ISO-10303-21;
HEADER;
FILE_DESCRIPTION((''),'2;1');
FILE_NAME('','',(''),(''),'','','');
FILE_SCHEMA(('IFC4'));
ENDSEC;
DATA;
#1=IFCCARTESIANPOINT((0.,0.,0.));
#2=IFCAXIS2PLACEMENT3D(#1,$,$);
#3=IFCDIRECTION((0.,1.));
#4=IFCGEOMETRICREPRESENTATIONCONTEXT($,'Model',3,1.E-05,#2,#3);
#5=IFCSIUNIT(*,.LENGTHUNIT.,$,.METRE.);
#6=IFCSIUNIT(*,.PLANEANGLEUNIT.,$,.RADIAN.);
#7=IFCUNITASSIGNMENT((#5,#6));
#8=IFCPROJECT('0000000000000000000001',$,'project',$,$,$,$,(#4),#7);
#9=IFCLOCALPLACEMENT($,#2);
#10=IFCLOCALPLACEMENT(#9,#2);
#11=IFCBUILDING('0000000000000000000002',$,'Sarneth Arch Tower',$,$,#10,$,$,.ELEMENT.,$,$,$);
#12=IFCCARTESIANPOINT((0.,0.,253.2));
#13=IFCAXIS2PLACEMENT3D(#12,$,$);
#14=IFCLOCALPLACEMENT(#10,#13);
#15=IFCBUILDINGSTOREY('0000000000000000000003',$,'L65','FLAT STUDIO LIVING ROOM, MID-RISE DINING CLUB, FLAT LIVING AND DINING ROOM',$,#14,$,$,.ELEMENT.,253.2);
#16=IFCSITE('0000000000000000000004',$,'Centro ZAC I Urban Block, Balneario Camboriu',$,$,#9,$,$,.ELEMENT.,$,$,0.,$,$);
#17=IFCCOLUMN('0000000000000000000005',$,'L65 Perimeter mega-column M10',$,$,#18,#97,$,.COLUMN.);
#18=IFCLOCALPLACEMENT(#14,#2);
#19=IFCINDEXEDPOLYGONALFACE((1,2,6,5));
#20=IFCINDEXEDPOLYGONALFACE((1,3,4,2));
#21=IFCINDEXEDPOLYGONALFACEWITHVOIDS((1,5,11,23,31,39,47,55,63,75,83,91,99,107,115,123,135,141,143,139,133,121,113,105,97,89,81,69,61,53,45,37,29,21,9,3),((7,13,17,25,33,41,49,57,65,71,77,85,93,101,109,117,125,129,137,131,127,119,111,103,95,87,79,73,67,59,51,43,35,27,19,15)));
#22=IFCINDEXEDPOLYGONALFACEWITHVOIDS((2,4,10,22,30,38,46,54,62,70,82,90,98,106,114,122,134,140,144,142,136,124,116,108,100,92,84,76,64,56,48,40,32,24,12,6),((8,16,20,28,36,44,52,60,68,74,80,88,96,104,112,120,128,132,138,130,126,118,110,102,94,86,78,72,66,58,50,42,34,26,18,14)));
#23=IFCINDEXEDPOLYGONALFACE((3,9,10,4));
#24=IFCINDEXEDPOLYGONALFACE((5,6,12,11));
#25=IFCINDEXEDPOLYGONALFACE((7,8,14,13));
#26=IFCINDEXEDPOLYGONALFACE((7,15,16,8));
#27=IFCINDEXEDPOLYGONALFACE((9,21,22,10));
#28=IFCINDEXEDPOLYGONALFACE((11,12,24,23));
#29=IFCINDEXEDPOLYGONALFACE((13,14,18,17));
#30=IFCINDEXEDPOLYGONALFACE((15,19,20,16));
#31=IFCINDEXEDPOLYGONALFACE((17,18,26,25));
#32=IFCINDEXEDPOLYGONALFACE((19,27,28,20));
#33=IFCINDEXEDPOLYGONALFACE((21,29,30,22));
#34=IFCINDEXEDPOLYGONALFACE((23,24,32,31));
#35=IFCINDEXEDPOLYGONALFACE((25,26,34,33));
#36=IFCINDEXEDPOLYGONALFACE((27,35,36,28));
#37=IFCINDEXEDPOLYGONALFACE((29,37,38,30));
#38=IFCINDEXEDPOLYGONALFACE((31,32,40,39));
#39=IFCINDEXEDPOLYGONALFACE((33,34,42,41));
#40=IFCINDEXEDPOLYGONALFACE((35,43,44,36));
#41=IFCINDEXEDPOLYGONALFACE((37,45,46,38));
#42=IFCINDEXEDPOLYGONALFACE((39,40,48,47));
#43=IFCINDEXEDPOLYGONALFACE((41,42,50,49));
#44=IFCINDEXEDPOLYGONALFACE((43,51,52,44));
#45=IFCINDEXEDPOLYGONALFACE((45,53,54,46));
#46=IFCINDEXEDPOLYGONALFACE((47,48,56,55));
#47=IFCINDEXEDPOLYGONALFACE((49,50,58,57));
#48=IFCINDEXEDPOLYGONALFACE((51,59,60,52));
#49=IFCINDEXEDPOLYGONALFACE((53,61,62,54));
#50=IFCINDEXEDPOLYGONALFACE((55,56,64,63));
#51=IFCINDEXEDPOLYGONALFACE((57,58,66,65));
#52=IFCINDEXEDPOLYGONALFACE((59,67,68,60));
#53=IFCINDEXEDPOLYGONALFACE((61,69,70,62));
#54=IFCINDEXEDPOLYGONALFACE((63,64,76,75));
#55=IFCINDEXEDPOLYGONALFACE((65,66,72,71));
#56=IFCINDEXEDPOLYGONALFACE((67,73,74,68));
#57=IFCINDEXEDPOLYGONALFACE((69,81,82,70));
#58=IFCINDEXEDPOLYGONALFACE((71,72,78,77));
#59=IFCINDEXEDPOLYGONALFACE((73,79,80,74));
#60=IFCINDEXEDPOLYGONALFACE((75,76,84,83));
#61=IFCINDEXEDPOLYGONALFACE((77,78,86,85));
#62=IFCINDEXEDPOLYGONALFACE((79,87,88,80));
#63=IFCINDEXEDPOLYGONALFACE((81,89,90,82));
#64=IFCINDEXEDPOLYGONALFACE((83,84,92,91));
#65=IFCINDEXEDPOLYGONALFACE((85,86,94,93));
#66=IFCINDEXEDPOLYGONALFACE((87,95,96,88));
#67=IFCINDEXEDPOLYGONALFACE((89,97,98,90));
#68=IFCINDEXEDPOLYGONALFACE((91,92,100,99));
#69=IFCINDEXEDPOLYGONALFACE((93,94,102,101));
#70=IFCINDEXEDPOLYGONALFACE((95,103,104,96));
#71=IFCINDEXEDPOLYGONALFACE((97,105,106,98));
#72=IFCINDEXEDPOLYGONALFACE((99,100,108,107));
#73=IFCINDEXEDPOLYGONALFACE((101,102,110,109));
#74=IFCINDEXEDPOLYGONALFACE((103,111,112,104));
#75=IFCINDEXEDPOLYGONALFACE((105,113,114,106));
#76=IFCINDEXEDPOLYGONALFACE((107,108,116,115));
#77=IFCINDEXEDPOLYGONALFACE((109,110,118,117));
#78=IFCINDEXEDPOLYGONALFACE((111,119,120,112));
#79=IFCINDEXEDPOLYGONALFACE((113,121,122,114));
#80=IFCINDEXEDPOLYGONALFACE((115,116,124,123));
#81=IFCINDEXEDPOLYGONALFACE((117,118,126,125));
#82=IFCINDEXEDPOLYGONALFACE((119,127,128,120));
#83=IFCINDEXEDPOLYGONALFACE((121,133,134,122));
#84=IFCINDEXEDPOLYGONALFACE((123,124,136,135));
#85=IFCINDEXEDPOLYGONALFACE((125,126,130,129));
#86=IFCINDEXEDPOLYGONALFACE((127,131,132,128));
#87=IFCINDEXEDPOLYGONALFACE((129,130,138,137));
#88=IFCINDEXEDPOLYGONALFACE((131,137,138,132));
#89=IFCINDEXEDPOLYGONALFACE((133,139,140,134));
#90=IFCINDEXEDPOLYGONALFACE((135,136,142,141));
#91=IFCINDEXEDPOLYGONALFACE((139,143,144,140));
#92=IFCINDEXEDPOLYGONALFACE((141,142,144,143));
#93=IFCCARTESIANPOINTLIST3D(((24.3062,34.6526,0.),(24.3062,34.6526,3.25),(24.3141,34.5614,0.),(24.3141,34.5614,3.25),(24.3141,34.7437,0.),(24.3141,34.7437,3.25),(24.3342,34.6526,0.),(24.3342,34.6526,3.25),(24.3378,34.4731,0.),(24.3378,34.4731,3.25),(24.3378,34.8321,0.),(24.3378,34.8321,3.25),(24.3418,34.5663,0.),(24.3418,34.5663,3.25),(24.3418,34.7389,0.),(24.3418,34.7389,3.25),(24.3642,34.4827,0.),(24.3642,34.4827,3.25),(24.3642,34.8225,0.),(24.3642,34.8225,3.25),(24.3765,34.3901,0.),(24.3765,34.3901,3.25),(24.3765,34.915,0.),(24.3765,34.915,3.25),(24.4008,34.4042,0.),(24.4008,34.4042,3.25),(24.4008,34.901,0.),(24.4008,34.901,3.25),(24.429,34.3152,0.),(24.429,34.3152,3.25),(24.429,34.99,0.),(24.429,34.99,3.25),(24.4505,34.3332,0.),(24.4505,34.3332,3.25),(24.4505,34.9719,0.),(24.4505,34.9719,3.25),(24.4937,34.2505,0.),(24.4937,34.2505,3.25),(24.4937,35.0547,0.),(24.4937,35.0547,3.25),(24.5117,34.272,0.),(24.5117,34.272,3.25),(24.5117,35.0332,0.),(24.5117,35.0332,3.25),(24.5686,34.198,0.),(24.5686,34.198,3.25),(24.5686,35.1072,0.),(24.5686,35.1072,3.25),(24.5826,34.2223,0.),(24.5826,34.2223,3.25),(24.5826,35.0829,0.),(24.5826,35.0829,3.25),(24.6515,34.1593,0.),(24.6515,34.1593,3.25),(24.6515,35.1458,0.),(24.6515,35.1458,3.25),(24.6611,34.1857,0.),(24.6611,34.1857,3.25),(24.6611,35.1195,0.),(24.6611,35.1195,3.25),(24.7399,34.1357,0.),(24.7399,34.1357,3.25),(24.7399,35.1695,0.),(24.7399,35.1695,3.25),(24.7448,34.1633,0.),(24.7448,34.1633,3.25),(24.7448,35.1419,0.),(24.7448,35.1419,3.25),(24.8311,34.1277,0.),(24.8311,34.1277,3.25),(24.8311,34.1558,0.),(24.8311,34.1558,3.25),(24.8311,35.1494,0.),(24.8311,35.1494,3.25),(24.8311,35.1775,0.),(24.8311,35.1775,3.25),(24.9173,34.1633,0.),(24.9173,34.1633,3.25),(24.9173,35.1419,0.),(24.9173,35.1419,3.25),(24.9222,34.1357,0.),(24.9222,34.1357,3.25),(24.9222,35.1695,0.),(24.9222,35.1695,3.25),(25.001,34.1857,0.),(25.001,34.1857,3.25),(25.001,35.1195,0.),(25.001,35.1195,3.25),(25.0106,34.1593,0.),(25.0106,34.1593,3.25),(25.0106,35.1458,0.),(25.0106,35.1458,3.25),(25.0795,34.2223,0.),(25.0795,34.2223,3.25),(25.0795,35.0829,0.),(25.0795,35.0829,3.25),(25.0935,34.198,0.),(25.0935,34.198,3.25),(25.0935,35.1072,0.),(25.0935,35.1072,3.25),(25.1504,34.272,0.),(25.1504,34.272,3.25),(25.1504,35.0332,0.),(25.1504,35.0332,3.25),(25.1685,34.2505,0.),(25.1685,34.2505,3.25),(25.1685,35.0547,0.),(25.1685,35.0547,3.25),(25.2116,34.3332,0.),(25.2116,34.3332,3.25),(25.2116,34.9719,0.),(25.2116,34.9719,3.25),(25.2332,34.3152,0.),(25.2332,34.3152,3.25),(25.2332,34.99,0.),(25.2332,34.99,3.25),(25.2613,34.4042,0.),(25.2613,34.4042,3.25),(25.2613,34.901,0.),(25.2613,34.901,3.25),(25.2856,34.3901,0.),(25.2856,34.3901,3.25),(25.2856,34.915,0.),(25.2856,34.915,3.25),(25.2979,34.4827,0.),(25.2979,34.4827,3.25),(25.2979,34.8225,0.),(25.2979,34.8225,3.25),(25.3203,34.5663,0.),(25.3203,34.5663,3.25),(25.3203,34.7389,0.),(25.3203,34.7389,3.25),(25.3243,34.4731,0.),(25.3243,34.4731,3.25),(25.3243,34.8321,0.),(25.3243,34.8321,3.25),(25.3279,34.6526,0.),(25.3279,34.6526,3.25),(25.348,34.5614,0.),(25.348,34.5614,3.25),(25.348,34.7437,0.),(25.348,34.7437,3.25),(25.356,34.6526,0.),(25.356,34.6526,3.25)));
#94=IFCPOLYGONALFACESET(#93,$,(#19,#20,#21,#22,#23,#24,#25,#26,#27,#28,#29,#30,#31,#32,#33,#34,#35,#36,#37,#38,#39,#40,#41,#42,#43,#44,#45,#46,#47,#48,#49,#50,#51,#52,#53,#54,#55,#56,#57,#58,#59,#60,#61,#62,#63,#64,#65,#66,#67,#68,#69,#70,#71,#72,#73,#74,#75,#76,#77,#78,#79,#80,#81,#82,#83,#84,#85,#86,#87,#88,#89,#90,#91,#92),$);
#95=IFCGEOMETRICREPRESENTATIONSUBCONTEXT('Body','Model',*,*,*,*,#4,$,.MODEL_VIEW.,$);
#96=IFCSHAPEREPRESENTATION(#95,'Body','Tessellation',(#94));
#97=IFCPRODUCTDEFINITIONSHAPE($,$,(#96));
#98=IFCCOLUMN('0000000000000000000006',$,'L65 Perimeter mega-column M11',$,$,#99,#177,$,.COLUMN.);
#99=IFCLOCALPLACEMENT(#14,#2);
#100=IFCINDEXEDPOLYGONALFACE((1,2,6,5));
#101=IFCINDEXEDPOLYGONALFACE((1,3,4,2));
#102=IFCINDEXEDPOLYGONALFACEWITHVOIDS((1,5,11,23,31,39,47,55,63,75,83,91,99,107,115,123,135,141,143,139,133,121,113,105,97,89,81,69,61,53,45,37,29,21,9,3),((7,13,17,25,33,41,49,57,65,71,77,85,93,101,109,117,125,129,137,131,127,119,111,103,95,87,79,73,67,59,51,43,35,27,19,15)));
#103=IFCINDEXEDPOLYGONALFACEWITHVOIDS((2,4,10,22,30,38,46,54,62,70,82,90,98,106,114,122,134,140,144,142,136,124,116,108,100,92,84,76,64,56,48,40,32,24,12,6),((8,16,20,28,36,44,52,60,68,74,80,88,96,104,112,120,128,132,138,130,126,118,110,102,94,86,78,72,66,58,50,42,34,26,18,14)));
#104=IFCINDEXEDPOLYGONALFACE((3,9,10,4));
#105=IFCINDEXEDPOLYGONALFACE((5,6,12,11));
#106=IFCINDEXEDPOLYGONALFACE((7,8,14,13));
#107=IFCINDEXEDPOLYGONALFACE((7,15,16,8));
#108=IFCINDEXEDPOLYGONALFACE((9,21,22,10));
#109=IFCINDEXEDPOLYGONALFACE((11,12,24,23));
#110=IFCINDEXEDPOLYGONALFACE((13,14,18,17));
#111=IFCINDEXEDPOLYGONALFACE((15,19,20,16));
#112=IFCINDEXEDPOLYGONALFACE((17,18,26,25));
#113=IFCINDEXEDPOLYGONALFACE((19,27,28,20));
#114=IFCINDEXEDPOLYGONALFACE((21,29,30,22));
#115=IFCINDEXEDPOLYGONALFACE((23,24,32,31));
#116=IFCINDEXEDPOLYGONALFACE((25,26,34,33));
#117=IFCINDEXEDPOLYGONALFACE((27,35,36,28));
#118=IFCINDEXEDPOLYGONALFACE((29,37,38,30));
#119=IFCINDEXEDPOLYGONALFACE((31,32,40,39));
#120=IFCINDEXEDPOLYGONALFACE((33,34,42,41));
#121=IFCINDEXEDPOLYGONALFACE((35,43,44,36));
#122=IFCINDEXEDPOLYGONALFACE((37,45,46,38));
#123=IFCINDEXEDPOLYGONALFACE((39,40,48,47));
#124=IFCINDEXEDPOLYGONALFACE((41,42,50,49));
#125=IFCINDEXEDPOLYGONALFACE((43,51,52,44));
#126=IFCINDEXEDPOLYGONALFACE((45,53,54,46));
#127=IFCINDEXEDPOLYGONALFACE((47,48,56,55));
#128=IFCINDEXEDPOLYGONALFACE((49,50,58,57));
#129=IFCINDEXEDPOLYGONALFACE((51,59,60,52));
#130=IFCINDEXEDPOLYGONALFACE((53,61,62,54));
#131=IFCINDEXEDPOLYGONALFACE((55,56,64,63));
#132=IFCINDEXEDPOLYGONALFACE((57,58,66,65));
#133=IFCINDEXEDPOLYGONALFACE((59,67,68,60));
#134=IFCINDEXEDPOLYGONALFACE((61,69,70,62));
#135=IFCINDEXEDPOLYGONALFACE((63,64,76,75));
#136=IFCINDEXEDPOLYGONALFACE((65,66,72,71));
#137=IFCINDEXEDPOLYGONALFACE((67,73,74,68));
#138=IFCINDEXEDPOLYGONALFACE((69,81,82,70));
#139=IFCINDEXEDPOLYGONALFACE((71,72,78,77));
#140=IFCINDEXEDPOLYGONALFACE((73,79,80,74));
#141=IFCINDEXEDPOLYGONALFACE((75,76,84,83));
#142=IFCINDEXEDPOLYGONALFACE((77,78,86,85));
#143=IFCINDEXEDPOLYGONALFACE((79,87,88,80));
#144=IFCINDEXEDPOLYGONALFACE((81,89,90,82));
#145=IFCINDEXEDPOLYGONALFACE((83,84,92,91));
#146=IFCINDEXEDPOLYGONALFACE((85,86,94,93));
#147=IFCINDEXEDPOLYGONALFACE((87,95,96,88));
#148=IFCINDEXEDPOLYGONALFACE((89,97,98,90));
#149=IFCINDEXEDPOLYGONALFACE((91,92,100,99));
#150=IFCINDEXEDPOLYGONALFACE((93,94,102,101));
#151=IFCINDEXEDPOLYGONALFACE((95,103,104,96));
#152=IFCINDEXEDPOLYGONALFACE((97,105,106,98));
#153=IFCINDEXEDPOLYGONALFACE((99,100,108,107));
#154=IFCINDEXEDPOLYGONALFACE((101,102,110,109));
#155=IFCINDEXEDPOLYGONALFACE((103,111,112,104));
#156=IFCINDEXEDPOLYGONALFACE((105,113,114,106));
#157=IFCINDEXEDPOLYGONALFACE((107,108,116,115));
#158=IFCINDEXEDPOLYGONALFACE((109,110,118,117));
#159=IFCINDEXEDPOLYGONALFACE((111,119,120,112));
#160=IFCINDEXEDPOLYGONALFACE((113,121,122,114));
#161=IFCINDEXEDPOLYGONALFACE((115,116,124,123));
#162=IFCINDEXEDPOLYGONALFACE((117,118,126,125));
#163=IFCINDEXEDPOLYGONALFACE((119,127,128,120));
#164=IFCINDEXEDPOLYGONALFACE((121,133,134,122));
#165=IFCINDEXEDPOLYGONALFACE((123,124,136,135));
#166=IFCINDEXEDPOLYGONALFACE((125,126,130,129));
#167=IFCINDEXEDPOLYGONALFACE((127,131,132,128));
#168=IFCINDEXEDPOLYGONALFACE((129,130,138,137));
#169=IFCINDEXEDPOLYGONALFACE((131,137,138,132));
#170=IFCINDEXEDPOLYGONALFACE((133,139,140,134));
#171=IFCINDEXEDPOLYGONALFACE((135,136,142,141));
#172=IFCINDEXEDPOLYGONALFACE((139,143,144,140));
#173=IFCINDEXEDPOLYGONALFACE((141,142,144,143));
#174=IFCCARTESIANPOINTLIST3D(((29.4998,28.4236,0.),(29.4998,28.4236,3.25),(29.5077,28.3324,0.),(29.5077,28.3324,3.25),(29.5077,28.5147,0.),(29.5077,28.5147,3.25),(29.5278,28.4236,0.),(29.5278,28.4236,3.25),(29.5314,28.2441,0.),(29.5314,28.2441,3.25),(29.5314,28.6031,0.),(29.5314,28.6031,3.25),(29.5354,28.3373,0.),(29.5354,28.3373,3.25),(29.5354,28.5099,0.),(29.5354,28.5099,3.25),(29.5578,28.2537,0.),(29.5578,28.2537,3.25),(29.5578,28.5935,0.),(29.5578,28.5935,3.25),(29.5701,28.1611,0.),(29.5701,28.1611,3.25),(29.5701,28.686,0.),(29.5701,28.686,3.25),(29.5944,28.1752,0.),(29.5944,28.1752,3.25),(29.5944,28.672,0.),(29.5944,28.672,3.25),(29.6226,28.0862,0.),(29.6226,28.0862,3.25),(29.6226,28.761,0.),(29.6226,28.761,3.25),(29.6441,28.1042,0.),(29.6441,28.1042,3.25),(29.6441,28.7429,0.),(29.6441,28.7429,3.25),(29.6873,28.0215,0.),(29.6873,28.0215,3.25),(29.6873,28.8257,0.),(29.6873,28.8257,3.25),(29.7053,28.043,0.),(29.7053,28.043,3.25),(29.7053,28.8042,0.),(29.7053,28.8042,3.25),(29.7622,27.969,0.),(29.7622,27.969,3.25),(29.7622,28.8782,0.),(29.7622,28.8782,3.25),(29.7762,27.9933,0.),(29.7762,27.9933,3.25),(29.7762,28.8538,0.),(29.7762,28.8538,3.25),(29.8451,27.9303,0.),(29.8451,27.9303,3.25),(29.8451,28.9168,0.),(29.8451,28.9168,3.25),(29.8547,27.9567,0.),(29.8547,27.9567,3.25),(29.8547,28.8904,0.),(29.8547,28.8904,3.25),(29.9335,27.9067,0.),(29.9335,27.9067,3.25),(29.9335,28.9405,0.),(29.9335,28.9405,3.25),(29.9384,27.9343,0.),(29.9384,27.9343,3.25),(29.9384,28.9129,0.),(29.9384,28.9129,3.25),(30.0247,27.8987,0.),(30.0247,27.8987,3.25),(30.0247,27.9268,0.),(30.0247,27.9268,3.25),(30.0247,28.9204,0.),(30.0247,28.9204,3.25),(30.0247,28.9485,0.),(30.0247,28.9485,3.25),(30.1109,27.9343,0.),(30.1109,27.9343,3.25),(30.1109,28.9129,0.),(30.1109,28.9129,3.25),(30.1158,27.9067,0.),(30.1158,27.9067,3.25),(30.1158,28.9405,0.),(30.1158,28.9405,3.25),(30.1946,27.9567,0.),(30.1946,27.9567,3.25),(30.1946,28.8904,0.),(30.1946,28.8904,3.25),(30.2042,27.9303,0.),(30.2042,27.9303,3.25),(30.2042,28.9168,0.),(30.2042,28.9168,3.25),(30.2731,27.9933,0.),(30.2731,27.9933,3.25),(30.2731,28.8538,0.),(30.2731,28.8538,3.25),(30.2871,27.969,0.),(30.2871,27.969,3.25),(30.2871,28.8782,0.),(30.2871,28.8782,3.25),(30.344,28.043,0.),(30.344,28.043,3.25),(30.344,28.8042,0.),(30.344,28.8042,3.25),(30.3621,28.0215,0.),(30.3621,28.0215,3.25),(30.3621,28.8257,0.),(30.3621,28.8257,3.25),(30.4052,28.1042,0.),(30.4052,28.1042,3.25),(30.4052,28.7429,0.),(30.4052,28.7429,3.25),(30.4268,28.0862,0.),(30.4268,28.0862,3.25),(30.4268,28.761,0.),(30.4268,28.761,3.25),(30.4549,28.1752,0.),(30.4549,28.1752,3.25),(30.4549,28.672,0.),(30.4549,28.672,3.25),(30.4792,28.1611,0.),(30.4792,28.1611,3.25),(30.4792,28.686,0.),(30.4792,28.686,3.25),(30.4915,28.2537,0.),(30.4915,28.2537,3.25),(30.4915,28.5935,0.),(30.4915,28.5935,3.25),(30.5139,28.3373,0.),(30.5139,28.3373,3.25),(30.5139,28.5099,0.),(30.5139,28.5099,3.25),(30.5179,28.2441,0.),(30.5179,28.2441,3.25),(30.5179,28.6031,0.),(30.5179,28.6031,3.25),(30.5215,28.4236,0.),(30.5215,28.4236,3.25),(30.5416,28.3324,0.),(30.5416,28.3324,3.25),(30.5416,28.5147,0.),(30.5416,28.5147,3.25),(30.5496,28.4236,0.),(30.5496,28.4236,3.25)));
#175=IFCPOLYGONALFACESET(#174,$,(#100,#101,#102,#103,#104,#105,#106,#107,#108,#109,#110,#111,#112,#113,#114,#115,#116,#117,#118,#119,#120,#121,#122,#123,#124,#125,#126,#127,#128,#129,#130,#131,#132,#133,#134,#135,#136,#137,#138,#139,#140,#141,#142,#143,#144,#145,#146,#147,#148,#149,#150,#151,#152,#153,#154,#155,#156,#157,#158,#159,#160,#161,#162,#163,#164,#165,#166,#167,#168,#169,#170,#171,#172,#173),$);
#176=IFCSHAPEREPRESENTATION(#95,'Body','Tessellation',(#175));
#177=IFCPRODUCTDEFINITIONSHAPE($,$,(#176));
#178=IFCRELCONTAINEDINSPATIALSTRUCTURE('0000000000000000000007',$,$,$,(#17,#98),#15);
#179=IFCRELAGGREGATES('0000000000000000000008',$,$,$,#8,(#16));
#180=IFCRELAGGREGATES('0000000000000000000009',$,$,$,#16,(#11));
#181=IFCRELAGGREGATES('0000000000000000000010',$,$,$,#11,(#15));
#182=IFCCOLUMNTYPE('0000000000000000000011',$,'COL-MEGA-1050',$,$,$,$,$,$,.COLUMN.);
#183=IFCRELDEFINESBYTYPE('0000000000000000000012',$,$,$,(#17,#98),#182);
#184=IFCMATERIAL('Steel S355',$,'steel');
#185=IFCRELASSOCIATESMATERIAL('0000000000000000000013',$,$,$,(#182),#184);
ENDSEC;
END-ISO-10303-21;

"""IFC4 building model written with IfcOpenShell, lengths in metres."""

from ifc_helpers import new_model, si_unit, direction, frame, origin, origin_2d, place, context, subcontext, project, spatial, hollow_circle, extrude, material, material_profile, profile_set, type_object, element, save


model = new_model("IFC4")

# Units and contexts
model_context = context("Model", 3, precision=1e-05, world=origin(), true_north=direction((0.0, 1.0)))
body_context = subcontext(model_context, "Body", "Model", "MODEL_VIEW")
ifc_project = project(units=[si_unit("LENGTHUNIT", "METRE"), si_unit("PLANEANGLEUNIT", "RADIAN")], contexts=[model_context])

# Site, building, storey
site_placement = place(None, origin())
site = spatial("IfcSite", under=ifc_project, at=site_placement, Name="Centro ZAC I Urban Block, Balneario Camboriu", CompositionType="ELEMENT", RefElevation=0.0)
building_placement = place(site_placement, origin())
building = spatial("IfcBuilding", under=site, at=building_placement, Name="Sarneth Arch Tower", CompositionType="ELEMENT")
storey_placement = place(building_placement, frame((0.0, 0.0, 253.2)))
storey = spatial("IfcBuildingStorey", under=building, at=storey_placement, Name="L65", Description="FLAT STUDIO LIVING ROOM, MID-RISE DINING CLUB, FLAT LIVING AND DINING ROOM", CompositionType="ELEMENT", Elevation=253.2)

# Columns
ifc_material_1 = material(Name="Steel S355", Category="steel")
ifc_material_profile_1 = material_profile(ifc_material_1, hollow_circle(Radius=0.5249, WallThickness=0.0281, at=origin_2d()), Name="CHS1050x28")
ifc_profile_set_1 = profile_set([ifc_material_profile_1], Name="Steel S355")
column_type = type_object("IfcColumnType", Name="COL-MEGA-1050", PredefinedType="COLUMN", material=ifc_profile_set_1)
for number, where, z_axis, x_axis, name in (
    (1, (24.8311, 34.6526, 0.0), (0.0, 0.0, 1.0), (1.0, 0.0, 0.0), "L65 Perimeter mega-column M10"),
    (2, (30.0247, 28.4236, 0.0), (0.0, 0.0, 1.0), (1.0, 0.0, 0.0), "L65 Perimeter mega-column M11"),
):
    element("IfcColumn", number, at=place(storey_placement, frame(where, z_axis=z_axis, x_axis=x_axis)), inside=storey, type_object=column_type, Name=name, PredefinedType="COLUMN", context=body_context, shape_type="SweptSolid", body=[
        extrude(hollow_circle(Radius=0.5249, WallThickness=0.0281, at=origin_2d()), origin(), (0.0, 0.0, 1.0), 3.25),
    ])

save(model, "model.ifc")
